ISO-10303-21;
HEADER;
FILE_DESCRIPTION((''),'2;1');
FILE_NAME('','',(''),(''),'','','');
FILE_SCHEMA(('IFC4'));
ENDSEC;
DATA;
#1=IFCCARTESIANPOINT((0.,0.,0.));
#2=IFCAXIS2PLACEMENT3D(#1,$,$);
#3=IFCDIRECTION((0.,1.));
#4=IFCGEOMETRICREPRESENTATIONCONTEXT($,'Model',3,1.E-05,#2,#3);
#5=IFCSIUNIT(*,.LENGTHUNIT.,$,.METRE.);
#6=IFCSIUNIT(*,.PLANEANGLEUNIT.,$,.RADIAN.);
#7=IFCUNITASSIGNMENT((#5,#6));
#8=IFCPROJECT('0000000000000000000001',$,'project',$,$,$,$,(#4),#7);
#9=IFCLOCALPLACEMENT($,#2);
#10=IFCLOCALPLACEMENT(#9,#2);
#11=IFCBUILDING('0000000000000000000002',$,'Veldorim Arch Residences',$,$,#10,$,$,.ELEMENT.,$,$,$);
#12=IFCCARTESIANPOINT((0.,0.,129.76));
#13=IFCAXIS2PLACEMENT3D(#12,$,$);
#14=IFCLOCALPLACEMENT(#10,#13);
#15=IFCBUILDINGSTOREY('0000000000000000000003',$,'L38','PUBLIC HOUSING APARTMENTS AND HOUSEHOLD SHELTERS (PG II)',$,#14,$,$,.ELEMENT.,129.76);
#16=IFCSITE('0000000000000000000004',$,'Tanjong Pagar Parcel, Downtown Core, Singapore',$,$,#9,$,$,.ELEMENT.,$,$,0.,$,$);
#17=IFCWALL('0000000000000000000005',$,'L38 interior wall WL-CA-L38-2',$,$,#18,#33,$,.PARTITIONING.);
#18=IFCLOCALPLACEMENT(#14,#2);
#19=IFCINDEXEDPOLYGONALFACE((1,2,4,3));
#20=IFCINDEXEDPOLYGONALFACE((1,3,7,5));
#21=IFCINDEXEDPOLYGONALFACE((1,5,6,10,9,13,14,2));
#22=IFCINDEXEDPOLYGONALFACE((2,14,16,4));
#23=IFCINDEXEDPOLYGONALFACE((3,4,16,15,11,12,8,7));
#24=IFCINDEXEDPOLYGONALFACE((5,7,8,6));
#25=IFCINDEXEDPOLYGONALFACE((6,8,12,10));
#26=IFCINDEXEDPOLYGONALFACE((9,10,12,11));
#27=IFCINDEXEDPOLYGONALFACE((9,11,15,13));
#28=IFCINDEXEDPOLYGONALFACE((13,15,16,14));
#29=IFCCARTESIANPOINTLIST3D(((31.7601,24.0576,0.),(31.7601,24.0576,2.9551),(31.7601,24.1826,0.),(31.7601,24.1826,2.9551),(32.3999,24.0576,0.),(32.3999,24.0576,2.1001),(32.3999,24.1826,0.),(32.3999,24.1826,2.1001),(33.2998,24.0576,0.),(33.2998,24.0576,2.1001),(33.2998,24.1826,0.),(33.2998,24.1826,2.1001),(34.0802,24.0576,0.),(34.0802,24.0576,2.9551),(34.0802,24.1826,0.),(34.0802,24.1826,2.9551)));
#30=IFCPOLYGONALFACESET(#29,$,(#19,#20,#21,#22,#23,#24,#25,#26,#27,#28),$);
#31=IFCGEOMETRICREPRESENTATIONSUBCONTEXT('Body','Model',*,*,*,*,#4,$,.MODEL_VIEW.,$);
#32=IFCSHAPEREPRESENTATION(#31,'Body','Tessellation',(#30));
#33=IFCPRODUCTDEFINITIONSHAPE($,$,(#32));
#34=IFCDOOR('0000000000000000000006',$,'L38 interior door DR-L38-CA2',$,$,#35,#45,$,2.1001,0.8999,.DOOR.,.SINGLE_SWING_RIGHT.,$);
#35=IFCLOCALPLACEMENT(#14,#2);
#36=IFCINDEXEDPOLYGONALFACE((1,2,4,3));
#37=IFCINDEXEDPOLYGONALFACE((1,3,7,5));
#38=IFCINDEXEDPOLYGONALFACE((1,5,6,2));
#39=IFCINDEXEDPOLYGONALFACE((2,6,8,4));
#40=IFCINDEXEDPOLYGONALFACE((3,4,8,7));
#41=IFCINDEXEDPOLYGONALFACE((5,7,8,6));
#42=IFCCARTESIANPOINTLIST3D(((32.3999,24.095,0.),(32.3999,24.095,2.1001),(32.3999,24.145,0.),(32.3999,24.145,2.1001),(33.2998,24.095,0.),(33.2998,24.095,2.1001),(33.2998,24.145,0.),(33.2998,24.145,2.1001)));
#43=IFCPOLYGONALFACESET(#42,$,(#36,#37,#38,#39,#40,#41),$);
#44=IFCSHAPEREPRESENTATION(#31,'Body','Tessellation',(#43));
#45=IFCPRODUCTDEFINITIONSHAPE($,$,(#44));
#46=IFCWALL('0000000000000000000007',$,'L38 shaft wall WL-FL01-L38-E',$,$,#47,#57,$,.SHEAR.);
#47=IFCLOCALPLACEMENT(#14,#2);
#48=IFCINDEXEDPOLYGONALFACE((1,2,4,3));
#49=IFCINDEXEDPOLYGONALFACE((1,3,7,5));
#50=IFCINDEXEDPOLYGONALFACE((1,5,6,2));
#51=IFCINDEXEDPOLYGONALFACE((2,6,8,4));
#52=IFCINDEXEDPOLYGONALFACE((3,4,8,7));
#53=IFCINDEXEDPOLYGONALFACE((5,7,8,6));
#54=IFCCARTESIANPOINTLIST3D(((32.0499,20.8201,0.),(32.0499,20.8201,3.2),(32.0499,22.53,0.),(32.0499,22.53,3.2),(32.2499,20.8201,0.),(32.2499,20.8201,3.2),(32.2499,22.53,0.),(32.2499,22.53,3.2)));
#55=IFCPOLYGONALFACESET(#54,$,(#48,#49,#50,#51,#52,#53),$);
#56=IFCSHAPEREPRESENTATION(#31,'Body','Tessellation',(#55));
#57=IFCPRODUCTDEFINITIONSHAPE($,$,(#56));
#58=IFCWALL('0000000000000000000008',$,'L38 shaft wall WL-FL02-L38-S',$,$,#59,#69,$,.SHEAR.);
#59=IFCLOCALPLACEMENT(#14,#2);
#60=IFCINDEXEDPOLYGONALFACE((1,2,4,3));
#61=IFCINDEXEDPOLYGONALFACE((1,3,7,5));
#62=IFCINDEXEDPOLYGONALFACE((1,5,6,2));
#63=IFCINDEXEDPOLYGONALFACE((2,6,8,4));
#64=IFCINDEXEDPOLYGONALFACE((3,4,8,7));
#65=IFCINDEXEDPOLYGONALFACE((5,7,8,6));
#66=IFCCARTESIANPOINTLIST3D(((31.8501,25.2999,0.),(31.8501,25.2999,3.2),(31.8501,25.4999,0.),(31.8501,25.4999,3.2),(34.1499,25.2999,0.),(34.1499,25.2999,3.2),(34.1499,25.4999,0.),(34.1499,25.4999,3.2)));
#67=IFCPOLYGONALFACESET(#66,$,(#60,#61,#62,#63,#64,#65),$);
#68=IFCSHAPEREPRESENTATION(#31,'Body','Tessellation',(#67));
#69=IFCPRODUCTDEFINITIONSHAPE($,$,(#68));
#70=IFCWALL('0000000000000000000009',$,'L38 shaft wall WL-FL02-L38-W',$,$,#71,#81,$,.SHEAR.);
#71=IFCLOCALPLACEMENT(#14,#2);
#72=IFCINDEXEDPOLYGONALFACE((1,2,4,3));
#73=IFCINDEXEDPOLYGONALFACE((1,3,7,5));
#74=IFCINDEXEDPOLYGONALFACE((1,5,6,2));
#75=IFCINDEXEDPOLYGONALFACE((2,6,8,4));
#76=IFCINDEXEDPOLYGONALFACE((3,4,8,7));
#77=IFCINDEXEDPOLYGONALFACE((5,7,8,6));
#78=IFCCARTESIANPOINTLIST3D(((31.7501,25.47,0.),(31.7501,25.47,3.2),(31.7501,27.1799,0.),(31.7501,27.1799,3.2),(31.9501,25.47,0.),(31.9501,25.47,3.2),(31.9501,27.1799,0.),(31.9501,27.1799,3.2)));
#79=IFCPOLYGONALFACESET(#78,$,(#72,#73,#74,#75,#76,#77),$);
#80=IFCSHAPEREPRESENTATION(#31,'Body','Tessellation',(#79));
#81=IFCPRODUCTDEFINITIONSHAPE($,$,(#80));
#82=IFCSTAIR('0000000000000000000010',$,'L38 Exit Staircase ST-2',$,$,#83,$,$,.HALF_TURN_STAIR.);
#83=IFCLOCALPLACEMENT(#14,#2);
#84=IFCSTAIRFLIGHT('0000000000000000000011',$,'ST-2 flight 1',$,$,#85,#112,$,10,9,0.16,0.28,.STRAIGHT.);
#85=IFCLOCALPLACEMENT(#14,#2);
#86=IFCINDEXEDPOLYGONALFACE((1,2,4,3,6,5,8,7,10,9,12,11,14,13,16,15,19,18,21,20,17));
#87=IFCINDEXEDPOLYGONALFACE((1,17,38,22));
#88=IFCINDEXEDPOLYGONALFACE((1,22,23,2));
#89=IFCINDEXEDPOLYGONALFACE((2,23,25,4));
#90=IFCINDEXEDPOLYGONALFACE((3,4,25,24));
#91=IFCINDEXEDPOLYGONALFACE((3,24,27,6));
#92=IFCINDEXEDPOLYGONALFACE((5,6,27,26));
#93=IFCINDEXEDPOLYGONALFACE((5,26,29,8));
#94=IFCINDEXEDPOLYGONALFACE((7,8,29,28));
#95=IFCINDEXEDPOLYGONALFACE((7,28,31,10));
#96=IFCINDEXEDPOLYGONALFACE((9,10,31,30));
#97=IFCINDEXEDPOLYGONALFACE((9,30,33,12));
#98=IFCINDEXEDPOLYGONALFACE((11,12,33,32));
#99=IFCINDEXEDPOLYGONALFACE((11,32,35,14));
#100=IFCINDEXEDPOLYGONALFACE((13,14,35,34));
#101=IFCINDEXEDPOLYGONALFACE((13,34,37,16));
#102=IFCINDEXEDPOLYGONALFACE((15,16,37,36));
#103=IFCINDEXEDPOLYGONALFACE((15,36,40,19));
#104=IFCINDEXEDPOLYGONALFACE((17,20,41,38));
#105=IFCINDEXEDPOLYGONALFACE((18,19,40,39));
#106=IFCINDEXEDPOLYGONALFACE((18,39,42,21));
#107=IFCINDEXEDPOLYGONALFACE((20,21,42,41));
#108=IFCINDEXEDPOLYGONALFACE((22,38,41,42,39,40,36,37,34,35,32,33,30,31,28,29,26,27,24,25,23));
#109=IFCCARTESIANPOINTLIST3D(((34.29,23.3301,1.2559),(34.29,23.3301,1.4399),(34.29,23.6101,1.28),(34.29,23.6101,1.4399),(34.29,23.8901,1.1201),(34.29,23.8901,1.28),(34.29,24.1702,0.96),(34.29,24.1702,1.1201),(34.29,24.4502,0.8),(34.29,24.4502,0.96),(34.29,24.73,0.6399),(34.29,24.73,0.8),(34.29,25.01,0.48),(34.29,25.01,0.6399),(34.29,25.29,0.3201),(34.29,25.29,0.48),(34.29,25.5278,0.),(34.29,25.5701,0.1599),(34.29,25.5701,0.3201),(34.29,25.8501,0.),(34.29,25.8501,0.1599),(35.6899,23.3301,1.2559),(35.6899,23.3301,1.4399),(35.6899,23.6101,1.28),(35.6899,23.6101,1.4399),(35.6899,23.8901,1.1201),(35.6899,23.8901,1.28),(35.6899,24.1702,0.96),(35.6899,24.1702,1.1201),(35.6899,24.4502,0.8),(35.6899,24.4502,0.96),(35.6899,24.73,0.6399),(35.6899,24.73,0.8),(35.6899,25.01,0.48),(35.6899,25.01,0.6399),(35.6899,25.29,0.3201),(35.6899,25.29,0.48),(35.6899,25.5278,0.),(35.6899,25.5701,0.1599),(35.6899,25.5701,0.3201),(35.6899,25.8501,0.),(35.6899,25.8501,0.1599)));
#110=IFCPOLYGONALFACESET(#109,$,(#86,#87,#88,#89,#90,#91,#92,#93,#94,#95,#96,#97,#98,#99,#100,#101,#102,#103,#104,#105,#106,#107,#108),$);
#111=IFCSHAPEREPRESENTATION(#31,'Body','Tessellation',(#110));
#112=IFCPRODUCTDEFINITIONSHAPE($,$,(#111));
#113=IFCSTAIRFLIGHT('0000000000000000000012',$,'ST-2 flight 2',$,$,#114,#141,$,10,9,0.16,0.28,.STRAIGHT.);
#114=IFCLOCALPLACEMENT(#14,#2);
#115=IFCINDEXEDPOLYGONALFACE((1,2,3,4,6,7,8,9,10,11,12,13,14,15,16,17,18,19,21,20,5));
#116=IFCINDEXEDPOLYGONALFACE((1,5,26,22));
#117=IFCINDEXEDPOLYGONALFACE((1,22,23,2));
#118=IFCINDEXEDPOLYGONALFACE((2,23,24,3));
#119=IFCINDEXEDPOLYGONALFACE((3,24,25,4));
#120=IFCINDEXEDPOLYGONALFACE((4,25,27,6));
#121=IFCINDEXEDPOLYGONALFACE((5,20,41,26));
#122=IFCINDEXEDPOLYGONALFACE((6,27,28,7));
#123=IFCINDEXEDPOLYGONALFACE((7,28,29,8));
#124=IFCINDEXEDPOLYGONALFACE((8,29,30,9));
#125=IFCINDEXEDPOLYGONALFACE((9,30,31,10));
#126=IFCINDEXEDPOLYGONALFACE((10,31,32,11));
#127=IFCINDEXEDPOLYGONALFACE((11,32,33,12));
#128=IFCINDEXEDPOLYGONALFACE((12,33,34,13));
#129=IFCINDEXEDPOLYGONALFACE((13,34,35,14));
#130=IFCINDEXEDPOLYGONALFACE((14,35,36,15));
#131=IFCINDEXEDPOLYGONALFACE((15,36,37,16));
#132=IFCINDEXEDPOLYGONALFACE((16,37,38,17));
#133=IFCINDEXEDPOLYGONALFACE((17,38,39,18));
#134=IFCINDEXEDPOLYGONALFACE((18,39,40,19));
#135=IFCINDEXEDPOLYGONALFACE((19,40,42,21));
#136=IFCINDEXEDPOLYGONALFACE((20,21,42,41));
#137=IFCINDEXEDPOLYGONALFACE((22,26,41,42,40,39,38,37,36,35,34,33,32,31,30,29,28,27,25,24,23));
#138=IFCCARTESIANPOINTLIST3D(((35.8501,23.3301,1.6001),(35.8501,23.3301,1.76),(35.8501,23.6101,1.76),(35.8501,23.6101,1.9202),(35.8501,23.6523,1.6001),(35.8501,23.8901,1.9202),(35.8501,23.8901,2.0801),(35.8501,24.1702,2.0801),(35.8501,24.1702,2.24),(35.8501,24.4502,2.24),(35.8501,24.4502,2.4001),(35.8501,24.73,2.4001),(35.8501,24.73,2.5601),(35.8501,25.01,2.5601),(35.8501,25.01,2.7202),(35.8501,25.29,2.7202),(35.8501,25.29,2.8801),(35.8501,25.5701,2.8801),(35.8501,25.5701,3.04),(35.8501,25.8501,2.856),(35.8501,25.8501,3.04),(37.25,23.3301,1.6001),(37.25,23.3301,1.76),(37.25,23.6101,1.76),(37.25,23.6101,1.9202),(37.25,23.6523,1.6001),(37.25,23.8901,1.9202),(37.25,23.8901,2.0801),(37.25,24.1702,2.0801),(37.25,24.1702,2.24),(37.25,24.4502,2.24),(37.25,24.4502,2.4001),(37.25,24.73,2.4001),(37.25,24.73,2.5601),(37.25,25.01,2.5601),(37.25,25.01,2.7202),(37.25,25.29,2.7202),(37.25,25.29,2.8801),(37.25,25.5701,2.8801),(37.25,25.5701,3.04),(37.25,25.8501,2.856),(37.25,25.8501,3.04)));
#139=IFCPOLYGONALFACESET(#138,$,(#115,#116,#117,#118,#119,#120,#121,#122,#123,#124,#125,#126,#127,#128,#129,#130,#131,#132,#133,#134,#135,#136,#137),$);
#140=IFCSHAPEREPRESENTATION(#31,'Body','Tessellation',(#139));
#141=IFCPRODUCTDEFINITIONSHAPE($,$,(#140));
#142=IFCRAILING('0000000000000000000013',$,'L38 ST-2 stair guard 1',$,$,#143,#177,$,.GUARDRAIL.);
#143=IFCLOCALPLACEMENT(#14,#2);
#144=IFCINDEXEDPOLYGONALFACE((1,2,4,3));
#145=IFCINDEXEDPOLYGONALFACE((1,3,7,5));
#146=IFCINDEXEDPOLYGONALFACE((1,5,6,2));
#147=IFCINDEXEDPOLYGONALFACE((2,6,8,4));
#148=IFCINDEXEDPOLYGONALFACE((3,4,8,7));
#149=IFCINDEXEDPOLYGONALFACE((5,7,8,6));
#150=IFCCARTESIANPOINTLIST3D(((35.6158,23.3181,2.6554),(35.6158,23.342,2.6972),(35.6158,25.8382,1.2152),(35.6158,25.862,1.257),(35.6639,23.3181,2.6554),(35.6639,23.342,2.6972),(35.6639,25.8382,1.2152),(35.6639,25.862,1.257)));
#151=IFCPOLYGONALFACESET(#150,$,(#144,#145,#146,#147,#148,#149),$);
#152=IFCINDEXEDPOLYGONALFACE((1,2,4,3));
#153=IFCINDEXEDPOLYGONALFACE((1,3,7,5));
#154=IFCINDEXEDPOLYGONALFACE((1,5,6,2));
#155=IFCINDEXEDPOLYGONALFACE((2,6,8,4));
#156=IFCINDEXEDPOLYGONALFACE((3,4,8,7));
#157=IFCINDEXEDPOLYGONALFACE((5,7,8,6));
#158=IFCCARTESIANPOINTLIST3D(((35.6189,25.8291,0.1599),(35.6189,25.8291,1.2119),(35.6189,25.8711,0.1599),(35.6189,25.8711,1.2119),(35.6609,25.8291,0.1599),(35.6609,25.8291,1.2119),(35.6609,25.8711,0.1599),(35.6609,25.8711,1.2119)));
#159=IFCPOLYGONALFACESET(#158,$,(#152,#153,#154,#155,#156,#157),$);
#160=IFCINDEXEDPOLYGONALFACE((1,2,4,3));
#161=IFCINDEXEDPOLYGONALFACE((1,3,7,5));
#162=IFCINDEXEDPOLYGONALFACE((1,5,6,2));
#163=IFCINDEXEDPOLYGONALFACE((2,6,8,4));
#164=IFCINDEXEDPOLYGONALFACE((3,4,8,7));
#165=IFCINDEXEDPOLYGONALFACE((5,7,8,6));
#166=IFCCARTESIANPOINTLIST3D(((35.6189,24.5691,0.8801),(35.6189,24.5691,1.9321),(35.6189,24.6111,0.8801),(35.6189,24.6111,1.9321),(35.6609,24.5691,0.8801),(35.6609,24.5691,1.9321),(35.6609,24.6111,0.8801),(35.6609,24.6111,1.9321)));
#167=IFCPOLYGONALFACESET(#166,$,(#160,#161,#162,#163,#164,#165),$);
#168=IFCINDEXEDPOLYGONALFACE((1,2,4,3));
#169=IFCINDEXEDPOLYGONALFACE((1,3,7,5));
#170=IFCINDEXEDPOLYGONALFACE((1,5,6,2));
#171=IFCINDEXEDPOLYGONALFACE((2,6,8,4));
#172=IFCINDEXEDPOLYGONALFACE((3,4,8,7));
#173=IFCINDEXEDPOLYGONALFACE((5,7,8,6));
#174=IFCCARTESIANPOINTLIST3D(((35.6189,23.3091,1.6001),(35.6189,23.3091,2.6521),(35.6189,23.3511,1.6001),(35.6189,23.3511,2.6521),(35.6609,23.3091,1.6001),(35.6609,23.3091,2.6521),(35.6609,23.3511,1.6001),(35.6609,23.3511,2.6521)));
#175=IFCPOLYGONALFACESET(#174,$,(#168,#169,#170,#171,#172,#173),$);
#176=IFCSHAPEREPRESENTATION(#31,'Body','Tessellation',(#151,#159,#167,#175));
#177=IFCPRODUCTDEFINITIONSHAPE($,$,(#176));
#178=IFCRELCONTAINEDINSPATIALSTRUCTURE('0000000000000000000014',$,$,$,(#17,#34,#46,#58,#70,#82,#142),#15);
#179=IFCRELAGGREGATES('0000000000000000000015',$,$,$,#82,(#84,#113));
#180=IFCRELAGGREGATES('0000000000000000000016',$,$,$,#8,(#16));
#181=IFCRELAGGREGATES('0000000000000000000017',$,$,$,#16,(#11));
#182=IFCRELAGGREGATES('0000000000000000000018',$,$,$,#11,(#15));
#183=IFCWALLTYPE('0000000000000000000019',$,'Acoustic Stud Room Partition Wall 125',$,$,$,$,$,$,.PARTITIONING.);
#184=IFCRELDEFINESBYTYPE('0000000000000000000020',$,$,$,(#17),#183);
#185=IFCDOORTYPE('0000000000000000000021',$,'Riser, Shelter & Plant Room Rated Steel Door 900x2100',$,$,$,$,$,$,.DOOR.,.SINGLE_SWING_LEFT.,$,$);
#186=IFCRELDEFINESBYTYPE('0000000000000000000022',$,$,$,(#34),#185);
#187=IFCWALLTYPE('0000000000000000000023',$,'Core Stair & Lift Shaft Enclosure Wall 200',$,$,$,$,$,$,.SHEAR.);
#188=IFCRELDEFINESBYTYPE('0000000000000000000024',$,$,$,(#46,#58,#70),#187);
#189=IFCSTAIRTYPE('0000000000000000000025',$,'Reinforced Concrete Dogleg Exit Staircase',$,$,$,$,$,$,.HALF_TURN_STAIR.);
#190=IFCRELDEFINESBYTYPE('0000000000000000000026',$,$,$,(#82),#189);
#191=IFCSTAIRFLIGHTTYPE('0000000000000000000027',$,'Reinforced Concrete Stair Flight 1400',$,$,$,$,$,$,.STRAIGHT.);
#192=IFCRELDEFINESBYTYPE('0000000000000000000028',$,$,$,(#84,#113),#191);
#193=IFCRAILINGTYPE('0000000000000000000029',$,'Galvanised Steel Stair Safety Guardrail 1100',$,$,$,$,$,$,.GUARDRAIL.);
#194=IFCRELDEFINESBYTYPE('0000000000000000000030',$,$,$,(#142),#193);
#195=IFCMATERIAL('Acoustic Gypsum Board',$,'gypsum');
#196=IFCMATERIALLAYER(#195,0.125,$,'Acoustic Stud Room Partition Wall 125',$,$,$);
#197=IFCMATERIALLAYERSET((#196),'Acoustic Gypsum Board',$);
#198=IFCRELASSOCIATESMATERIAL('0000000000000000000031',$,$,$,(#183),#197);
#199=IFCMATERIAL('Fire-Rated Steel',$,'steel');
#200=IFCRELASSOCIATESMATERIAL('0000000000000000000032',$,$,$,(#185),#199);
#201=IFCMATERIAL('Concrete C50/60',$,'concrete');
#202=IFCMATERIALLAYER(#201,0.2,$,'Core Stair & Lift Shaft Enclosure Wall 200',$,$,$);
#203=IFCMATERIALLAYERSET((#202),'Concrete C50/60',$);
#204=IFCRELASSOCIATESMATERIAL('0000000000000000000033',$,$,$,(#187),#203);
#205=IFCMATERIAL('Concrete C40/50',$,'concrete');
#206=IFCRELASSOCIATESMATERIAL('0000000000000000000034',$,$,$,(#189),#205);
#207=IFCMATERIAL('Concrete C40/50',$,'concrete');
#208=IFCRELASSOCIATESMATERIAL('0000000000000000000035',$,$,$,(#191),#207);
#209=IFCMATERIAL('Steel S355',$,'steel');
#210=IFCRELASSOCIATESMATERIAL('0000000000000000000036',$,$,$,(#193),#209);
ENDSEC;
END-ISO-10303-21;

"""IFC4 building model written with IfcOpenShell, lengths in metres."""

from ifc_helpers import new_model, si_unit, direction, frame, frame_2d, origin, origin_2d, place, context, subcontext, project, spatial, polyline, rectangle, outline, extrude, material, layer, layer_set, type_object, element, fill, aggregate, save


model = new_model("IFC4")

# Units and contexts
model_context = context("Model", 3, precision=1e-05, world=origin(), true_north=direction((0.0, 1.0)))
body_context = subcontext(model_context, "Body", "Model", "MODEL_VIEW")
ifc_project = project(units=[si_unit("LENGTHUNIT", "METRE"), si_unit("PLANEANGLEUNIT", "RADIAN")], contexts=[model_context])

# Site, building, storey
site_placement = place(None, origin())
site = spatial("IfcSite", under=ifc_project, at=site_placement, Name="Tanjong Pagar Parcel, Downtown Core, Singapore", CompositionType="ELEMENT", RefElevation=0.0)
building_placement = place(site_placement, origin())
building = spatial("IfcBuilding", under=site, at=building_placement, Name="Veldorim Arch Residences", CompositionType="ELEMENT")
storey_placement = place(building_placement, frame((0.0, 0.0, 129.76)))
storey = spatial("IfcBuildingStorey", under=building, at=storey_placement, Name="L38", Description="PUBLIC HOUSING APARTMENTS AND HOUSEHOLD SHELTERS (PG II)", CompositionType="ELEMENT", Elevation=129.76)

# Wall, opening, door
ifc_material_1 = material(Name="Acoustic Gypsum Board", Category="gypsum")
ifc_layer_1 = layer(ifc_material_1, 0.125, Name="Acoustic Stud Room Partition Wall 125")
ifc_layer_set_1 = layer_set([ifc_layer_1], Name="Acoustic Gypsum Board")
wall_type_1 = type_object("IfcWallType", Name="Acoustic Stud Room Partition Wall 125", PredefinedType="PARTITIONING", material=ifc_layer_set_1)
ifc_material_2 = material(Name="Fire-Rated Steel", Category="steel")
door_type = type_object("IfcDoorType", Name="Riser, Shelter & Plant Room Rated Steel Door 900x2100", OperationType="SINGLE_SWING_LEFT", PredefinedType="DOOR", material=ifc_material_2)
wall_1_placement = place(storey_placement, frame((31.76, 24.1201, 0.0), z_axis=(0.0, 0.0, 1.0), x_axis=(1.0, 0.0, 0.0)))
wall_1 = element("IfcWall", 1, at=wall_1_placement, inside=storey, type_object=wall_type_1, Name="L38 interior wall WL-CA-L38-2", PredefinedType="PARTITIONING", context=body_context, shape_type="SweptSolid", body=[
    extrude(rectangle(XDim=2.3201, YDim=0.125, at=frame_2d((1.1602, 0.0))), origin(), (0.0, 0.0, 1.0), 2.9551),
])
opening_1_placement = place(wall_1_placement, frame((0.6399, 0.0, 0.0)))
opening_1 = element("IfcOpeningElement", 2, at=opening_1_placement, cuts=wall_1, PredefinedType="OPENING", context=body_context, shape_type="SweptSolid", body=[
    extrude(rectangle(XDim=0.8999, YDim=2.1001, at=frame_2d((0.45, 1.05))), frame((0.0, 0.0725, 0.0), z_axis=(0.0, -1.0, 0.0), x_axis=(1.0, 0.0, 0.0)), (0.0, 0.0, 1.0), 0.145),
])
door_1_placement = place(opening_1_placement, origin())
door_1 = element("IfcDoor", 3, at=door_1_placement, inside=storey, type_object=door_type, Name="L38 interior door DR-L38-CA2", OperationType="SINGLE_SWING_RIGHT", OverallHeight=2.1001, OverallWidth=0.8999, PredefinedType="DOOR", context=body_context, shape_type="SweptSolid", body=[
    extrude(rectangle(XDim=0.8999, YDim=2.1001, at=frame_2d((0.45, 1.05))), frame((0.0, 0.0249, 0.0), z_axis=(0.0, -1.0, 0.0), x_axis=(1.0, 0.0, 0.0)), (0.0, 0.0, 1.0), 0.05),
])
fill(opening_1, door_1)

# Walls
ifc_material_3 = material(Name="Concrete C50/60", Category="concrete")
ifc_layer_2 = layer(ifc_material_3, 0.2, Name="Core Stair & Lift Shaft Enclosure Wall 200")
ifc_layer_set_2 = layer_set([ifc_layer_2], Name="Concrete C50/60")
wall_type_2 = type_object("IfcWallType", Name="Core Stair & Lift Shaft Enclosure Wall 200", PredefinedType="SHEAR", material=ifc_layer_set_2)
wall_2_placement = place(storey_placement, frame((32.1499, 20.8201, 0.0), z_axis=(0.0, 0.0, 1.0), x_axis=(0.0, 1.0, 0.0)))
element("IfcWall", 4, at=wall_2_placement, inside=storey, type_object=wall_type_2, Name="L38 shaft wall WL-FL01-L38-E", PredefinedType="SHEAR", context=body_context, shape_type="SweptSolid", body=[
    extrude(rectangle(XDim=1.71, YDim=0.2, at=frame_2d((0.855, 0.0))), origin(), (0.0, 0.0, 1.0), 3.2),
])
wall_3_placement = place(storey_placement, frame((31.8501, 25.3999, 0.0), z_axis=(0.0, 0.0, 1.0), x_axis=(1.0, 0.0, 0.0)))
element("IfcWall", 5, at=wall_3_placement, inside=storey, type_object=wall_type_2, Name="L38 shaft wall WL-FL02-L38-S", PredefinedType="SHEAR", context=body_context, shape_type="SweptSolid", body=[
    extrude(rectangle(XDim=2.2998, YDim=0.2, at=frame_2d((1.1499, 0.0))), origin(), (0.0, 0.0, 1.0), 3.2),
])
wall_4_placement = place(storey_placement, frame((31.8501, 25.47, 0.0), z_axis=(0.0, 0.0, 1.0), x_axis=(0.0, 1.0, 0.0)))
element("IfcWall", 6, at=wall_4_placement, inside=storey, type_object=wall_type_2, Name="L38 shaft wall WL-FL02-L38-W", PredefinedType="SHEAR", context=body_context, shape_type="SweptSolid", body=[
    extrude(rectangle(XDim=1.71, YDim=0.2, at=frame_2d((0.855, 0.0))), origin(), (0.0, 0.0, 1.0), 3.2),
])

# Stair, stair flights
ifc_material_4 = material(Name="Concrete C40/50", Category="concrete")
stair_type = type_object("IfcStairType", Name="Reinforced Concrete Dogleg Exit Staircase", PredefinedType="HALF_TURN_STAIR", material=ifc_material_4)
stair_placement = place(storey_placement, origin())
stair = element("IfcStair", 7, at=stair_placement, inside=storey, type_object=stair_type, Name="L38 Exit Staircase ST-2", PredefinedType="HALF_TURN_STAIR")
ifc_material_5 = material(Name="Concrete C40/50", Category="concrete")
stair_flight_type = type_object("IfcStairFlightType", Name="Reinforced Concrete Stair Flight 1400", PredefinedType="STRAIGHT", material=ifc_material_5)
stair_flight_1_placement = place(storey_placement, frame((34.99, 25.8501, 0.0), z_axis=(0.0, 0.0, 1.0), x_axis=(0.0, -1.0, 0.0)))
stair_flight_1 = element("IfcStairFlight", 8, at=stair_flight_1_placement, type_object=stair_flight_type, Name="ST-2 flight 1", NumberOfRisers=10, NumberOfTreads=9, PredefinedType="STRAIGHT", RiserHeight=0.16, TreadLength=0.28, context=body_context, shape_type="SweptSolid", body=[
    extrude(outline(polyline([(0.0, 0.0), (0.0, 0.1599), (0.28, 0.1599), (0.28, 0.3201), (0.5601, 0.3201), (0.5601, 0.48), (0.8401, 0.48), (0.8401, 0.6399), (1.1201, 0.6399), (1.1201, 0.8), (1.3999, 0.8), (1.3999, 0.96), (1.6799, 0.96), (1.6799, 1.1201), (1.96, 1.1201), (1.96, 1.28), (2.24, 1.28), (2.24, 1.4399), (2.52, 1.4399), (2.52, 1.6001), (2.52, 1.2559), (0.3223, 0.0), (0.0, 0.0)])), frame((0.0, 0.7, 0.0), z_axis=(0.0, -1.0, 0.0), x_axis=(1.0, 0.0, 0.0)), (0.0, 0.0, 1.0), 1.3999),
])
stair_flight_2_placement = place(storey_placement, frame((36.55, 23.3301, 1.6001), z_axis=(0.0, 0.0, 1.0), x_axis=(0.0, 1.0, 0.0)))
stair_flight_2 = element("IfcStairFlight", 9, at=stair_flight_2_placement, type_object=stair_flight_type, Name="ST-2 flight 2", NumberOfRisers=10, NumberOfTreads=9, PredefinedType="STRAIGHT", RiserHeight=0.16, TreadLength=0.28, context=body_context, shape_type="SweptSolid", body=[
    extrude(outline(polyline([(0.0, 0.0), (0.0, 0.1599), (0.28, 0.1599), (0.28, 0.3201), (0.5601, 0.3201), (0.5601, 0.48), (0.8401, 0.48), (0.8401, 0.6399), (1.1201, 0.6399), (1.1201, 0.8), (1.3999, 0.8), (1.3999, 0.96), (1.6799, 0.96), (1.6799, 1.1201), (1.96, 1.1201), (1.96, 1.28), (2.24, 1.28), (2.24, 1.4399), (2.52, 1.4399), (2.52, 1.6001), (2.52, 1.2559), (0.3223, 0.0), (0.0, 0.0)])), frame((0.0, 0.7, 0.0), z_axis=(0.0, -1.0, 0.0), x_axis=(1.0, 0.0, 0.0)), (0.0, 0.0, 1.0), 1.3999),
])
aggregate(stair, [stair_flight_1, stair_flight_2])

# Railing
ifc_material_6 = material(Name="Steel S355", Category="steel")
railing_type_1 = type_object("IfcRailingType", Name="Galvanised Steel Stair Safety Guardrail 1100", PredefinedType="GUARDRAIL", material=ifc_material_6)
railing_1_placement = place(storey_placement, frame((35.6399, 25.8501, 0.1599)))
element("IfcRailing", 10, at=railing_1_placement, inside=storey, type_object=railing_type_1, Name="L38 ST-2 stair guard 1", PredefinedType="GUARDRAIL", context=body_context, shape_type="SweptSolid", body=[
    extrude(rectangle(XDim=0.0481, YDim=0.0481, at=origin_2d()), frame((0.0, 0.0, 1.0762), z_axis=(0.0, -0.868217, 0.496184), x_axis=(1.0, 0.0, 0.0)), (0.0, 0.0, 1.0), 2.9026),
    extrude(rectangle(XDim=0.042, YDim=0.042, at=origin_2d()), origin(), (0.0, 0.0, 1.0), 1.052),
    extrude(rectangle(XDim=0.042, YDim=0.042, at=origin_2d()), frame((0.0, -1.26, 0.7202)), (0.0, 0.0, 1.0), 1.052),
    extrude(rectangle(XDim=0.042, YDim=0.042, at=origin_2d()), frame((0.0, -2.52, 1.4402)), (0.0, 0.0, 1.0), 1.052),
])

save(model, "model.ifc")
